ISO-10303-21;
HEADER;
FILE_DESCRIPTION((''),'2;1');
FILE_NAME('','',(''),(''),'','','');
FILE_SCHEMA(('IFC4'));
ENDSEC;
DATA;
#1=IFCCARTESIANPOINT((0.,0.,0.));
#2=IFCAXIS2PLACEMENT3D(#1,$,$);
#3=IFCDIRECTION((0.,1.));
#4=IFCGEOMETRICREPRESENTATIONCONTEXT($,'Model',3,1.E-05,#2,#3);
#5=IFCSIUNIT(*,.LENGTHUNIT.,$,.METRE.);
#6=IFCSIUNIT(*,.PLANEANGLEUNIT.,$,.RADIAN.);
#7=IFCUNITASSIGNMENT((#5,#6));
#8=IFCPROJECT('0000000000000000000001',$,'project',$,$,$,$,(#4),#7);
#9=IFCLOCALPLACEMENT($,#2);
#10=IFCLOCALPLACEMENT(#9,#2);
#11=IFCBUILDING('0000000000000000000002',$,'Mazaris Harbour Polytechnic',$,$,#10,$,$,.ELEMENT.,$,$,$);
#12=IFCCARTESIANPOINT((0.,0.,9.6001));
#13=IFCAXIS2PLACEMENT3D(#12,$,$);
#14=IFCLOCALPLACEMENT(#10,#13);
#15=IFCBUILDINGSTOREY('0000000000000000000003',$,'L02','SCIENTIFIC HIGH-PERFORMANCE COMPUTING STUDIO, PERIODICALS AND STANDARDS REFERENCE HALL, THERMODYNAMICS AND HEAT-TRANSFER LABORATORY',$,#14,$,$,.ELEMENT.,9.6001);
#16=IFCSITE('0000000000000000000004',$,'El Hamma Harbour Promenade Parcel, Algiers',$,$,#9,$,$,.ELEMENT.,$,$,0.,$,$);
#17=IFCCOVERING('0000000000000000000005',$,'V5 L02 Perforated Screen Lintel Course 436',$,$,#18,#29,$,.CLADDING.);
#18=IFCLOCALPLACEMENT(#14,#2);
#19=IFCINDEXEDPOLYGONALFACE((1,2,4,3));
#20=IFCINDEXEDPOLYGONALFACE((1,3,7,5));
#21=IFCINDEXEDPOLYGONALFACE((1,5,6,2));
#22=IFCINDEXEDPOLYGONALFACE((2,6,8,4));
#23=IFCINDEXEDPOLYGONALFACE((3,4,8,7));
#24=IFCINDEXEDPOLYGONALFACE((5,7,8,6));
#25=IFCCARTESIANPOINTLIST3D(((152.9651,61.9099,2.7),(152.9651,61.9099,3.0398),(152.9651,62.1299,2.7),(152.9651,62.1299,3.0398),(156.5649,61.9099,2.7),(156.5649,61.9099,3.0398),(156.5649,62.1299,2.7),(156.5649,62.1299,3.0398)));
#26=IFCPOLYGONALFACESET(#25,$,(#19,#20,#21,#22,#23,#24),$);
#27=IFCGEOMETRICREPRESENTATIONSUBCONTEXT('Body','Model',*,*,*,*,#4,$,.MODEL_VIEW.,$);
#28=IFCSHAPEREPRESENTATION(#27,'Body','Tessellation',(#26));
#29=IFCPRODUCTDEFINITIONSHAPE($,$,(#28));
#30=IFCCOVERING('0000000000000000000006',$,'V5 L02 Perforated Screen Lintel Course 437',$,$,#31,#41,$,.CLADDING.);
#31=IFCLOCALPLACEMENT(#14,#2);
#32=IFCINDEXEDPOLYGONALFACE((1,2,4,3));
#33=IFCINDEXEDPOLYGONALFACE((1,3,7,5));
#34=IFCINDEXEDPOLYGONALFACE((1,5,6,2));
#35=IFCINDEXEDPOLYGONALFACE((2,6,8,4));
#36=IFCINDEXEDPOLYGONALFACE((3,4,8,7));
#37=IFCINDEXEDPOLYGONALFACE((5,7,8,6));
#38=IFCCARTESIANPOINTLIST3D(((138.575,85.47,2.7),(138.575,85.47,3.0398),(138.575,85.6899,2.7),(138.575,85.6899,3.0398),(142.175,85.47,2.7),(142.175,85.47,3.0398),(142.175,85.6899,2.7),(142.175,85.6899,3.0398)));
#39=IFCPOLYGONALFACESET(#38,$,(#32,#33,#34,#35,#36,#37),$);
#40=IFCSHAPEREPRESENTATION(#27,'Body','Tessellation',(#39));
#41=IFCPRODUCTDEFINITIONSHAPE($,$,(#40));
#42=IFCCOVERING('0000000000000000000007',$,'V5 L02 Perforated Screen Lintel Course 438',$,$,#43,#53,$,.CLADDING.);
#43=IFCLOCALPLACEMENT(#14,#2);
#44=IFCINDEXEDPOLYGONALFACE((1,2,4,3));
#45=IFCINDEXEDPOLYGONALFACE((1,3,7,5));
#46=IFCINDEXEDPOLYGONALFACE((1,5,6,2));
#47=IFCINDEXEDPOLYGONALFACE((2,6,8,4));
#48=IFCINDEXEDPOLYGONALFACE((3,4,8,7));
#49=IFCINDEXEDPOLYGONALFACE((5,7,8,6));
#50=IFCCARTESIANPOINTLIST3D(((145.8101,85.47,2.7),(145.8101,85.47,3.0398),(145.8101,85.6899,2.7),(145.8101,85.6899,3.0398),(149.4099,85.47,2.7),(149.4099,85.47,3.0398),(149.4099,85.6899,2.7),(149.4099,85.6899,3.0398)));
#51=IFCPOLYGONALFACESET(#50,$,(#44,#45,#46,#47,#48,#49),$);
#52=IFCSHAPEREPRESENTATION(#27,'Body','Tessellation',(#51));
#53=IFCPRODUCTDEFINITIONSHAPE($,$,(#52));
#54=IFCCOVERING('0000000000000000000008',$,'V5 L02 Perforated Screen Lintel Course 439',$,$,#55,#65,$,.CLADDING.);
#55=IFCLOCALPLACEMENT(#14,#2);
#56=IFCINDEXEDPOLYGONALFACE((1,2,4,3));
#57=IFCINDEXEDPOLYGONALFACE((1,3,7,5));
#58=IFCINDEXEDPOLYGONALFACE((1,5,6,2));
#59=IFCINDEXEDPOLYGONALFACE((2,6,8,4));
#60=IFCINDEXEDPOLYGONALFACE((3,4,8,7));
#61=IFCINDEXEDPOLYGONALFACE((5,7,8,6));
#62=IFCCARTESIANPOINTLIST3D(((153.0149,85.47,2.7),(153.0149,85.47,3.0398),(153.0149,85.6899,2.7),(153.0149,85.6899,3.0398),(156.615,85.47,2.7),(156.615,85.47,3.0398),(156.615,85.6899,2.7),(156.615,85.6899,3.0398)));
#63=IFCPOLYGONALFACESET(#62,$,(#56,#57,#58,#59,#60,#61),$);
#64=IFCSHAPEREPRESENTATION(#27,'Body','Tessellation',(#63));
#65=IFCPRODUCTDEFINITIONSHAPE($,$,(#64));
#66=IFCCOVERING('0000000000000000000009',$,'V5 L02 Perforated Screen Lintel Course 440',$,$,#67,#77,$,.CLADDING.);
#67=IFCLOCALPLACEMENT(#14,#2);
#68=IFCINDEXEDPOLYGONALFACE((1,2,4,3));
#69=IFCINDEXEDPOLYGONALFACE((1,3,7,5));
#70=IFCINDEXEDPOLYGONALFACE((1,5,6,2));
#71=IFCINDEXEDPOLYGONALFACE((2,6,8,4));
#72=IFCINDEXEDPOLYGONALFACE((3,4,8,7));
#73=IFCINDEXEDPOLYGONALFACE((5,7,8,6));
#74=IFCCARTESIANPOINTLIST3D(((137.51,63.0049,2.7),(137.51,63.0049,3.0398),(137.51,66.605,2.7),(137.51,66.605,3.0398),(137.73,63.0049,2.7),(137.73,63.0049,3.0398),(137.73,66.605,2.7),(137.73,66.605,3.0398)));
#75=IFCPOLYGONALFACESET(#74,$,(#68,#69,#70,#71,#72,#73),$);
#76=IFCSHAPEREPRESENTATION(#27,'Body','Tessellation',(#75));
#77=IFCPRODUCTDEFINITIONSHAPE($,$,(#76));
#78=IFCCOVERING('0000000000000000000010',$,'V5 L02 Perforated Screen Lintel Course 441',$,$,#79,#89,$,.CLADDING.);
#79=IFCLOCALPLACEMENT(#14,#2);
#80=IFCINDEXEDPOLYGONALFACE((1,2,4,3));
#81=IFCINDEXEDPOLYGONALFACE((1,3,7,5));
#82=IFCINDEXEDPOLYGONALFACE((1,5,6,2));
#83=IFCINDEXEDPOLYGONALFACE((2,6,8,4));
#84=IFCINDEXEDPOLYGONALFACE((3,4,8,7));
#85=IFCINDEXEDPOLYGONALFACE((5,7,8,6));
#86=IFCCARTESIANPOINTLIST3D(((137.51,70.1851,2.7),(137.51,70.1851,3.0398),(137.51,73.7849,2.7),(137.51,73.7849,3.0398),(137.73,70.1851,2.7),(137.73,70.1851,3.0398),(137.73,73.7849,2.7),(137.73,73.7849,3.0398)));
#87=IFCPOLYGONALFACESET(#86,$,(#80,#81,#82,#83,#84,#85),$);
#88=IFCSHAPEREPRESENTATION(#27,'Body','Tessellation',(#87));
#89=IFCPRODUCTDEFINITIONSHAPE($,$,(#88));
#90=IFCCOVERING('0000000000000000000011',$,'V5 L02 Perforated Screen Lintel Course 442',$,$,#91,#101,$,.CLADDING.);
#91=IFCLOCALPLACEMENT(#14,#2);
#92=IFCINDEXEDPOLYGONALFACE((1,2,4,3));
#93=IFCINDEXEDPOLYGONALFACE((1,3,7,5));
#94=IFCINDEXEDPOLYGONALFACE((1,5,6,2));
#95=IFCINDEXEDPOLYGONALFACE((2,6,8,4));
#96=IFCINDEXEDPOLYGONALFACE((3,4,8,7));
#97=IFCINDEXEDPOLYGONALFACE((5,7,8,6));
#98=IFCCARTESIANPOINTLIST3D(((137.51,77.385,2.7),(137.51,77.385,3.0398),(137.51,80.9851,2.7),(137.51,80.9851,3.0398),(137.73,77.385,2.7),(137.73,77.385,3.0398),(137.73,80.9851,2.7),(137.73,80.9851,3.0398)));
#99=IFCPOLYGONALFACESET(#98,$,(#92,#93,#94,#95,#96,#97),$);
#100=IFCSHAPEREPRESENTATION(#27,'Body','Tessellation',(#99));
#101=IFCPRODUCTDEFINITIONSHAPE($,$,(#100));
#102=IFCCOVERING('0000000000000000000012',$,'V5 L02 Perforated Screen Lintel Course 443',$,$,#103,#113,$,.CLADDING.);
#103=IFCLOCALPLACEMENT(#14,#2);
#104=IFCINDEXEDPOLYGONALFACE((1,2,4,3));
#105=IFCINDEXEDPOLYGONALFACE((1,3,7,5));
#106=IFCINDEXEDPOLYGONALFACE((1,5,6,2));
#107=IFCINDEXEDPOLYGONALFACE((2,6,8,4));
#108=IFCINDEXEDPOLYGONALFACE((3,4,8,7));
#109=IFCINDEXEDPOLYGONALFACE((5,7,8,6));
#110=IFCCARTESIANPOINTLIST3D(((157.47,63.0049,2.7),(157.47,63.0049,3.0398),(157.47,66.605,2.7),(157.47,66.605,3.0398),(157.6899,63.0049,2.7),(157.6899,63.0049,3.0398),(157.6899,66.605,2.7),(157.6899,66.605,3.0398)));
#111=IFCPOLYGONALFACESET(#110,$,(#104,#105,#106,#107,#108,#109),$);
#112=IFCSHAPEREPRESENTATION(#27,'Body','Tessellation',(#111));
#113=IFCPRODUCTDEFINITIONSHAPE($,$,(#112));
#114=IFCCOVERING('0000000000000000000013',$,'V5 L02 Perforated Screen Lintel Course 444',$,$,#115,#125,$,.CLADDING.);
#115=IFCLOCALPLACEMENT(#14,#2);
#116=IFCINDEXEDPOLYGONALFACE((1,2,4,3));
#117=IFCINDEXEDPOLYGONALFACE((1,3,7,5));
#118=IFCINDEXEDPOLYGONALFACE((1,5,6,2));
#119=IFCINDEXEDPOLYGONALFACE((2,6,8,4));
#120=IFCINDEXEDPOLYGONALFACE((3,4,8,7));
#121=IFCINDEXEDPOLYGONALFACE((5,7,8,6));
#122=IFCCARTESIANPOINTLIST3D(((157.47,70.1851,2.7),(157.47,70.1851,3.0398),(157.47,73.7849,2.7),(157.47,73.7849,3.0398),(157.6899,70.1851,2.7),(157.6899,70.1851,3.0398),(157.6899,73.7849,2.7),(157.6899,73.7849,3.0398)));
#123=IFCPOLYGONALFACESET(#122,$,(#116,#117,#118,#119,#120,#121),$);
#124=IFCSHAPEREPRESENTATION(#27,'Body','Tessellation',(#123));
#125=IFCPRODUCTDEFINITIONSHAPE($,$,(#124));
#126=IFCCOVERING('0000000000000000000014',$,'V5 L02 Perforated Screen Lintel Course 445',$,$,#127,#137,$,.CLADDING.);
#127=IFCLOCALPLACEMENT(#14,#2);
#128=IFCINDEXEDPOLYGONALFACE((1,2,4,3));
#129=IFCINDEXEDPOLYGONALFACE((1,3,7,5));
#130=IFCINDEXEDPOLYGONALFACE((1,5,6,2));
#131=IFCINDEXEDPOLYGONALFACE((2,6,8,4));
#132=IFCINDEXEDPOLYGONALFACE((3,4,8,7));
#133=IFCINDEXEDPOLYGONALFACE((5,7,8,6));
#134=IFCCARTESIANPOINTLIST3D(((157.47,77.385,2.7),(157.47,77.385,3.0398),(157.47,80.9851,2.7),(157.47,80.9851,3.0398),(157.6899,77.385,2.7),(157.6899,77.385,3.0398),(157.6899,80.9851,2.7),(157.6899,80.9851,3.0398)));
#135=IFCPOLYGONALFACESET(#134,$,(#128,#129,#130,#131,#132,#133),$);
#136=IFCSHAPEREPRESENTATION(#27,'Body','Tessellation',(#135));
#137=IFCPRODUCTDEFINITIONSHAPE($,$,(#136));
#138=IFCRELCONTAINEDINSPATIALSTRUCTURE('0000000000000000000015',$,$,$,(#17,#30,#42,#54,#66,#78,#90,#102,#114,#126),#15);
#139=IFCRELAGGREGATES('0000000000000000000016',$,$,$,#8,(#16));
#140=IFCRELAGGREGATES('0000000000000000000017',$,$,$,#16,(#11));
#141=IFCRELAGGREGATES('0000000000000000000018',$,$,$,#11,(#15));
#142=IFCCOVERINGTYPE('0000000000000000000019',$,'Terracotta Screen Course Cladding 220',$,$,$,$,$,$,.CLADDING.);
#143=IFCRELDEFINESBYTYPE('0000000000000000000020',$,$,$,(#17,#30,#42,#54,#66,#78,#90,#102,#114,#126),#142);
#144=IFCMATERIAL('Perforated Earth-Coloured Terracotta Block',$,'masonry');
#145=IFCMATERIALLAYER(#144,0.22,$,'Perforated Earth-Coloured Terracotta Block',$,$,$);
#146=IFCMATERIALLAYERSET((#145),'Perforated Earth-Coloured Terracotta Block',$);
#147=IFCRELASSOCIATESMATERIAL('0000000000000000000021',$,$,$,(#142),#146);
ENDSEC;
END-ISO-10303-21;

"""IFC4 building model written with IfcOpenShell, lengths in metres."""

from ifc_helpers import new_model, si_unit, direction, frame, origin, place, context, subcontext, project, spatial, polyline, outline, extrude, material, layer, layer_set, type_object, element, save


model = new_model("IFC4")

# Units and contexts
model_context = context("Model", 3, precision=1e-05, world=origin(), true_north=direction((0.0, 1.0)))
body_context = subcontext(model_context, "Body", "Model", "MODEL_VIEW")
ifc_project = project(units=[si_unit("LENGTHUNIT", "METRE"), si_unit("PLANEANGLEUNIT", "RADIAN")], contexts=[model_context])

# Site, building, storey
site_placement = place(None, origin())
site = spatial("IfcSite", under=ifc_project, at=site_placement, Name="El Hamma Harbour Promenade Parcel, Algiers", CompositionType="ELEMENT", RefElevation=0.0)
building_placement = place(site_placement, origin())
building = spatial("IfcBuilding", under=site, at=building_placement, Name="Mazaris Harbour Polytechnic", CompositionType="ELEMENT")
storey_placement = place(building_placement, frame((0.0, 0.0, 9.6001)))
storey = spatial("IfcBuildingStorey", under=building, at=storey_placement, Name="L02", Description="SCIENTIFIC HIGH-PERFORMANCE COMPUTING STUDIO, PERIODICALS AND STANDARDS REFERENCE HALL, THERMODYNAMICS AND HEAT-TRANSFER LABORATORY", CompositionType="ELEMENT", Elevation=9.6001)

# Coverings
ifc_material_1 = material(Name="Perforated Earth-Coloured Terracotta Block", Category="masonry")
ifc_layer_1 = layer(ifc_material_1, 0.22, Name="Perforated Earth-Coloured Terracotta Block")
ifc_layer_set_1 = layer_set([ifc_layer_1], Name="Perforated Earth-Coloured Terracotta Block")
covering_type_1 = type_object("IfcCoveringType", Name="Terracotta Screen Course Cladding 220", PredefinedType="CLADDING", material=ifc_layer_set_1)
covering_1_placement = place(storey_placement, frame((0.0, 0.0, 2.7)))
element("IfcCovering", 1, at=covering_1_placement, inside=storey, type_object=covering_type_1, Name="V5 L02 Perforated Screen Lintel Course 436", PredefinedType="CLADDING", context=body_context, shape_type="SweptSolid", body=[
    extrude(outline(polyline([(152.9651, 61.9099), (156.5649, 61.9099), (156.5649, 62.1299), (152.9651, 62.1299), (152.9651, 61.9099)])), origin(), (0.0, 0.0, 1.0), 0.3398),
])
covering_2_placement = place(storey_placement, frame((0.0, 0.0, 2.7)))
element("IfcCovering", 2, at=covering_2_placement, inside=storey, type_object=covering_type_1, Name="V5 L02 Perforated Screen Lintel Course 437", PredefinedType="CLADDING", context=body_context, shape_type="SweptSolid", body=[
    extrude(outline(polyline([(142.175, 85.6899), (138.575, 85.6899), (138.575, 85.47), (142.175, 85.47), (142.175, 85.6899)])), origin(), (0.0, 0.0, 1.0), 0.3398),
])
covering_3_placement = place(storey_placement, frame((0.0, 0.0, 2.7)))
element("IfcCovering", 3, at=covering_3_placement, inside=storey, type_object=covering_type_1, Name="V5 L02 Perforated Screen Lintel Course 438", PredefinedType="CLADDING", context=body_context, shape_type="SweptSolid", body=[
    extrude(outline(polyline([(149.4099, 85.6899), (145.8101, 85.6899), (145.8101, 85.47), (149.4099, 85.47), (149.4099, 85.6899)])), origin(), (0.0, 0.0, 1.0), 0.3398),
])
covering_4_placement = place(storey_placement, frame((0.0, 0.0, 2.7)))
element("IfcCovering", 4, at=covering_4_placement, inside=storey, type_object=covering_type_1, Name="V5 L02 Perforated Screen Lintel Course 439", PredefinedType="CLADDING", context=body_context, shape_type="SweptSolid", body=[
    extrude(outline(polyline([(156.615, 85.6899), (153.0149, 85.6899), (153.0149, 85.47), (156.615, 85.47), (156.615, 85.6899)])), origin(), (0.0, 0.0, 1.0), 0.3398),
])
covering_5_placement = place(storey_placement, frame((0.0, 0.0, 2.7)))
element("IfcCovering", 5, at=covering_5_placement, inside=storey, type_object=covering_type_1, Name="V5 L02 Perforated Screen Lintel Course 440", PredefinedType="CLADDING", context=body_context, shape_type="SweptSolid", body=[
    extrude(outline(polyline([(137.51, 63.0049), (137.51, 66.605), (137.73, 66.605), (137.73, 63.0049), (137.51, 63.0049)])), origin(), (0.0, 0.0, 1.0), 0.3398),
])
covering_6_placement = place(storey_placement, frame((0.0, 0.0, 2.7)))
element("IfcCovering", 6, at=covering_6_placement, inside=storey, type_object=covering_type_1, Name="V5 L02 Perforated Screen Lintel Course 441", PredefinedType="CLADDING", context=body_context, shape_type="SweptSolid", body=[
    extrude(outline(polyline([(137.51, 70.1851), (137.51, 73.7849), (137.73, 73.7849), (137.73, 70.1851), (137.51, 70.1851)])), origin(), (0.0, 0.0, 1.0), 0.3398),
])
covering_7_placement = place(storey_placement, frame((0.0, 0.0, 2.7)))
element("IfcCovering", 7, at=covering_7_placement, inside=storey, type_object=covering_type_1, Name="V5 L02 Perforated Screen Lintel Course 442", PredefinedType="CLADDING", context=body_context, shape_type="SweptSolid", body=[
    extrude(outline(polyline([(137.51, 77.385), (137.51, 80.9851), (137.73, 80.9851), (137.73, 77.385), (137.51, 77.385)])), origin(), (0.0, 0.0, 1.0), 0.3398),
])
covering_8_placement = place(storey_placement, frame((0.0, 0.0, 2.7)))
element("IfcCovering", 8, at=covering_8_placement, inside=storey, type_object=covering_type_1, Name="V5 L02 Perforated Screen Lintel Course 443", PredefinedType="CLADDING", context=body_context, shape_type="SweptSolid", body=[
    extrude(outline(polyline([(157.6899, 66.605), (157.6899, 63.0049), (157.47, 63.0049), (157.47, 66.605), (157.6899, 66.605)])), origin(), (0.0, 0.0, 1.0), 0.3398),
])
covering_9_placement = place(storey_placement, frame((0.0, 0.0, 2.7)))
element("IfcCovering", 9, at=covering_9_placement, inside=storey, type_object=covering_type_1, Name="V5 L02 Perforated Screen Lintel Course 444", PredefinedType="CLADDING", context=body_context, shape_type="SweptSolid", body=[
    extrude(outline(polyline([(157.6899, 73.7849), (157.6899, 70.1851), (157.47, 70.1851), (157.47, 73.7849), (157.6899, 73.7849)])), origin(), (0.0, 0.0, 1.0), 0.3398),
])
covering_10_placement = place(storey_placement, frame((0.0, 0.0, 2.7)))
element("IfcCovering", 10, at=covering_10_placement, inside=storey, type_object=covering_type_1, Name="V5 L02 Perforated Screen Lintel Course 445", PredefinedType="CLADDING", context=body_context, shape_type="SweptSolid", body=[
    extrude(outline(polyline([(157.6899, 80.9851), (157.6899, 77.385), (157.47, 77.385), (157.47, 80.9851), (157.6899, 80.9851)])), origin(), (0.0, 0.0, 1.0), 0.3398),
])

save(model, "model.ifc")
